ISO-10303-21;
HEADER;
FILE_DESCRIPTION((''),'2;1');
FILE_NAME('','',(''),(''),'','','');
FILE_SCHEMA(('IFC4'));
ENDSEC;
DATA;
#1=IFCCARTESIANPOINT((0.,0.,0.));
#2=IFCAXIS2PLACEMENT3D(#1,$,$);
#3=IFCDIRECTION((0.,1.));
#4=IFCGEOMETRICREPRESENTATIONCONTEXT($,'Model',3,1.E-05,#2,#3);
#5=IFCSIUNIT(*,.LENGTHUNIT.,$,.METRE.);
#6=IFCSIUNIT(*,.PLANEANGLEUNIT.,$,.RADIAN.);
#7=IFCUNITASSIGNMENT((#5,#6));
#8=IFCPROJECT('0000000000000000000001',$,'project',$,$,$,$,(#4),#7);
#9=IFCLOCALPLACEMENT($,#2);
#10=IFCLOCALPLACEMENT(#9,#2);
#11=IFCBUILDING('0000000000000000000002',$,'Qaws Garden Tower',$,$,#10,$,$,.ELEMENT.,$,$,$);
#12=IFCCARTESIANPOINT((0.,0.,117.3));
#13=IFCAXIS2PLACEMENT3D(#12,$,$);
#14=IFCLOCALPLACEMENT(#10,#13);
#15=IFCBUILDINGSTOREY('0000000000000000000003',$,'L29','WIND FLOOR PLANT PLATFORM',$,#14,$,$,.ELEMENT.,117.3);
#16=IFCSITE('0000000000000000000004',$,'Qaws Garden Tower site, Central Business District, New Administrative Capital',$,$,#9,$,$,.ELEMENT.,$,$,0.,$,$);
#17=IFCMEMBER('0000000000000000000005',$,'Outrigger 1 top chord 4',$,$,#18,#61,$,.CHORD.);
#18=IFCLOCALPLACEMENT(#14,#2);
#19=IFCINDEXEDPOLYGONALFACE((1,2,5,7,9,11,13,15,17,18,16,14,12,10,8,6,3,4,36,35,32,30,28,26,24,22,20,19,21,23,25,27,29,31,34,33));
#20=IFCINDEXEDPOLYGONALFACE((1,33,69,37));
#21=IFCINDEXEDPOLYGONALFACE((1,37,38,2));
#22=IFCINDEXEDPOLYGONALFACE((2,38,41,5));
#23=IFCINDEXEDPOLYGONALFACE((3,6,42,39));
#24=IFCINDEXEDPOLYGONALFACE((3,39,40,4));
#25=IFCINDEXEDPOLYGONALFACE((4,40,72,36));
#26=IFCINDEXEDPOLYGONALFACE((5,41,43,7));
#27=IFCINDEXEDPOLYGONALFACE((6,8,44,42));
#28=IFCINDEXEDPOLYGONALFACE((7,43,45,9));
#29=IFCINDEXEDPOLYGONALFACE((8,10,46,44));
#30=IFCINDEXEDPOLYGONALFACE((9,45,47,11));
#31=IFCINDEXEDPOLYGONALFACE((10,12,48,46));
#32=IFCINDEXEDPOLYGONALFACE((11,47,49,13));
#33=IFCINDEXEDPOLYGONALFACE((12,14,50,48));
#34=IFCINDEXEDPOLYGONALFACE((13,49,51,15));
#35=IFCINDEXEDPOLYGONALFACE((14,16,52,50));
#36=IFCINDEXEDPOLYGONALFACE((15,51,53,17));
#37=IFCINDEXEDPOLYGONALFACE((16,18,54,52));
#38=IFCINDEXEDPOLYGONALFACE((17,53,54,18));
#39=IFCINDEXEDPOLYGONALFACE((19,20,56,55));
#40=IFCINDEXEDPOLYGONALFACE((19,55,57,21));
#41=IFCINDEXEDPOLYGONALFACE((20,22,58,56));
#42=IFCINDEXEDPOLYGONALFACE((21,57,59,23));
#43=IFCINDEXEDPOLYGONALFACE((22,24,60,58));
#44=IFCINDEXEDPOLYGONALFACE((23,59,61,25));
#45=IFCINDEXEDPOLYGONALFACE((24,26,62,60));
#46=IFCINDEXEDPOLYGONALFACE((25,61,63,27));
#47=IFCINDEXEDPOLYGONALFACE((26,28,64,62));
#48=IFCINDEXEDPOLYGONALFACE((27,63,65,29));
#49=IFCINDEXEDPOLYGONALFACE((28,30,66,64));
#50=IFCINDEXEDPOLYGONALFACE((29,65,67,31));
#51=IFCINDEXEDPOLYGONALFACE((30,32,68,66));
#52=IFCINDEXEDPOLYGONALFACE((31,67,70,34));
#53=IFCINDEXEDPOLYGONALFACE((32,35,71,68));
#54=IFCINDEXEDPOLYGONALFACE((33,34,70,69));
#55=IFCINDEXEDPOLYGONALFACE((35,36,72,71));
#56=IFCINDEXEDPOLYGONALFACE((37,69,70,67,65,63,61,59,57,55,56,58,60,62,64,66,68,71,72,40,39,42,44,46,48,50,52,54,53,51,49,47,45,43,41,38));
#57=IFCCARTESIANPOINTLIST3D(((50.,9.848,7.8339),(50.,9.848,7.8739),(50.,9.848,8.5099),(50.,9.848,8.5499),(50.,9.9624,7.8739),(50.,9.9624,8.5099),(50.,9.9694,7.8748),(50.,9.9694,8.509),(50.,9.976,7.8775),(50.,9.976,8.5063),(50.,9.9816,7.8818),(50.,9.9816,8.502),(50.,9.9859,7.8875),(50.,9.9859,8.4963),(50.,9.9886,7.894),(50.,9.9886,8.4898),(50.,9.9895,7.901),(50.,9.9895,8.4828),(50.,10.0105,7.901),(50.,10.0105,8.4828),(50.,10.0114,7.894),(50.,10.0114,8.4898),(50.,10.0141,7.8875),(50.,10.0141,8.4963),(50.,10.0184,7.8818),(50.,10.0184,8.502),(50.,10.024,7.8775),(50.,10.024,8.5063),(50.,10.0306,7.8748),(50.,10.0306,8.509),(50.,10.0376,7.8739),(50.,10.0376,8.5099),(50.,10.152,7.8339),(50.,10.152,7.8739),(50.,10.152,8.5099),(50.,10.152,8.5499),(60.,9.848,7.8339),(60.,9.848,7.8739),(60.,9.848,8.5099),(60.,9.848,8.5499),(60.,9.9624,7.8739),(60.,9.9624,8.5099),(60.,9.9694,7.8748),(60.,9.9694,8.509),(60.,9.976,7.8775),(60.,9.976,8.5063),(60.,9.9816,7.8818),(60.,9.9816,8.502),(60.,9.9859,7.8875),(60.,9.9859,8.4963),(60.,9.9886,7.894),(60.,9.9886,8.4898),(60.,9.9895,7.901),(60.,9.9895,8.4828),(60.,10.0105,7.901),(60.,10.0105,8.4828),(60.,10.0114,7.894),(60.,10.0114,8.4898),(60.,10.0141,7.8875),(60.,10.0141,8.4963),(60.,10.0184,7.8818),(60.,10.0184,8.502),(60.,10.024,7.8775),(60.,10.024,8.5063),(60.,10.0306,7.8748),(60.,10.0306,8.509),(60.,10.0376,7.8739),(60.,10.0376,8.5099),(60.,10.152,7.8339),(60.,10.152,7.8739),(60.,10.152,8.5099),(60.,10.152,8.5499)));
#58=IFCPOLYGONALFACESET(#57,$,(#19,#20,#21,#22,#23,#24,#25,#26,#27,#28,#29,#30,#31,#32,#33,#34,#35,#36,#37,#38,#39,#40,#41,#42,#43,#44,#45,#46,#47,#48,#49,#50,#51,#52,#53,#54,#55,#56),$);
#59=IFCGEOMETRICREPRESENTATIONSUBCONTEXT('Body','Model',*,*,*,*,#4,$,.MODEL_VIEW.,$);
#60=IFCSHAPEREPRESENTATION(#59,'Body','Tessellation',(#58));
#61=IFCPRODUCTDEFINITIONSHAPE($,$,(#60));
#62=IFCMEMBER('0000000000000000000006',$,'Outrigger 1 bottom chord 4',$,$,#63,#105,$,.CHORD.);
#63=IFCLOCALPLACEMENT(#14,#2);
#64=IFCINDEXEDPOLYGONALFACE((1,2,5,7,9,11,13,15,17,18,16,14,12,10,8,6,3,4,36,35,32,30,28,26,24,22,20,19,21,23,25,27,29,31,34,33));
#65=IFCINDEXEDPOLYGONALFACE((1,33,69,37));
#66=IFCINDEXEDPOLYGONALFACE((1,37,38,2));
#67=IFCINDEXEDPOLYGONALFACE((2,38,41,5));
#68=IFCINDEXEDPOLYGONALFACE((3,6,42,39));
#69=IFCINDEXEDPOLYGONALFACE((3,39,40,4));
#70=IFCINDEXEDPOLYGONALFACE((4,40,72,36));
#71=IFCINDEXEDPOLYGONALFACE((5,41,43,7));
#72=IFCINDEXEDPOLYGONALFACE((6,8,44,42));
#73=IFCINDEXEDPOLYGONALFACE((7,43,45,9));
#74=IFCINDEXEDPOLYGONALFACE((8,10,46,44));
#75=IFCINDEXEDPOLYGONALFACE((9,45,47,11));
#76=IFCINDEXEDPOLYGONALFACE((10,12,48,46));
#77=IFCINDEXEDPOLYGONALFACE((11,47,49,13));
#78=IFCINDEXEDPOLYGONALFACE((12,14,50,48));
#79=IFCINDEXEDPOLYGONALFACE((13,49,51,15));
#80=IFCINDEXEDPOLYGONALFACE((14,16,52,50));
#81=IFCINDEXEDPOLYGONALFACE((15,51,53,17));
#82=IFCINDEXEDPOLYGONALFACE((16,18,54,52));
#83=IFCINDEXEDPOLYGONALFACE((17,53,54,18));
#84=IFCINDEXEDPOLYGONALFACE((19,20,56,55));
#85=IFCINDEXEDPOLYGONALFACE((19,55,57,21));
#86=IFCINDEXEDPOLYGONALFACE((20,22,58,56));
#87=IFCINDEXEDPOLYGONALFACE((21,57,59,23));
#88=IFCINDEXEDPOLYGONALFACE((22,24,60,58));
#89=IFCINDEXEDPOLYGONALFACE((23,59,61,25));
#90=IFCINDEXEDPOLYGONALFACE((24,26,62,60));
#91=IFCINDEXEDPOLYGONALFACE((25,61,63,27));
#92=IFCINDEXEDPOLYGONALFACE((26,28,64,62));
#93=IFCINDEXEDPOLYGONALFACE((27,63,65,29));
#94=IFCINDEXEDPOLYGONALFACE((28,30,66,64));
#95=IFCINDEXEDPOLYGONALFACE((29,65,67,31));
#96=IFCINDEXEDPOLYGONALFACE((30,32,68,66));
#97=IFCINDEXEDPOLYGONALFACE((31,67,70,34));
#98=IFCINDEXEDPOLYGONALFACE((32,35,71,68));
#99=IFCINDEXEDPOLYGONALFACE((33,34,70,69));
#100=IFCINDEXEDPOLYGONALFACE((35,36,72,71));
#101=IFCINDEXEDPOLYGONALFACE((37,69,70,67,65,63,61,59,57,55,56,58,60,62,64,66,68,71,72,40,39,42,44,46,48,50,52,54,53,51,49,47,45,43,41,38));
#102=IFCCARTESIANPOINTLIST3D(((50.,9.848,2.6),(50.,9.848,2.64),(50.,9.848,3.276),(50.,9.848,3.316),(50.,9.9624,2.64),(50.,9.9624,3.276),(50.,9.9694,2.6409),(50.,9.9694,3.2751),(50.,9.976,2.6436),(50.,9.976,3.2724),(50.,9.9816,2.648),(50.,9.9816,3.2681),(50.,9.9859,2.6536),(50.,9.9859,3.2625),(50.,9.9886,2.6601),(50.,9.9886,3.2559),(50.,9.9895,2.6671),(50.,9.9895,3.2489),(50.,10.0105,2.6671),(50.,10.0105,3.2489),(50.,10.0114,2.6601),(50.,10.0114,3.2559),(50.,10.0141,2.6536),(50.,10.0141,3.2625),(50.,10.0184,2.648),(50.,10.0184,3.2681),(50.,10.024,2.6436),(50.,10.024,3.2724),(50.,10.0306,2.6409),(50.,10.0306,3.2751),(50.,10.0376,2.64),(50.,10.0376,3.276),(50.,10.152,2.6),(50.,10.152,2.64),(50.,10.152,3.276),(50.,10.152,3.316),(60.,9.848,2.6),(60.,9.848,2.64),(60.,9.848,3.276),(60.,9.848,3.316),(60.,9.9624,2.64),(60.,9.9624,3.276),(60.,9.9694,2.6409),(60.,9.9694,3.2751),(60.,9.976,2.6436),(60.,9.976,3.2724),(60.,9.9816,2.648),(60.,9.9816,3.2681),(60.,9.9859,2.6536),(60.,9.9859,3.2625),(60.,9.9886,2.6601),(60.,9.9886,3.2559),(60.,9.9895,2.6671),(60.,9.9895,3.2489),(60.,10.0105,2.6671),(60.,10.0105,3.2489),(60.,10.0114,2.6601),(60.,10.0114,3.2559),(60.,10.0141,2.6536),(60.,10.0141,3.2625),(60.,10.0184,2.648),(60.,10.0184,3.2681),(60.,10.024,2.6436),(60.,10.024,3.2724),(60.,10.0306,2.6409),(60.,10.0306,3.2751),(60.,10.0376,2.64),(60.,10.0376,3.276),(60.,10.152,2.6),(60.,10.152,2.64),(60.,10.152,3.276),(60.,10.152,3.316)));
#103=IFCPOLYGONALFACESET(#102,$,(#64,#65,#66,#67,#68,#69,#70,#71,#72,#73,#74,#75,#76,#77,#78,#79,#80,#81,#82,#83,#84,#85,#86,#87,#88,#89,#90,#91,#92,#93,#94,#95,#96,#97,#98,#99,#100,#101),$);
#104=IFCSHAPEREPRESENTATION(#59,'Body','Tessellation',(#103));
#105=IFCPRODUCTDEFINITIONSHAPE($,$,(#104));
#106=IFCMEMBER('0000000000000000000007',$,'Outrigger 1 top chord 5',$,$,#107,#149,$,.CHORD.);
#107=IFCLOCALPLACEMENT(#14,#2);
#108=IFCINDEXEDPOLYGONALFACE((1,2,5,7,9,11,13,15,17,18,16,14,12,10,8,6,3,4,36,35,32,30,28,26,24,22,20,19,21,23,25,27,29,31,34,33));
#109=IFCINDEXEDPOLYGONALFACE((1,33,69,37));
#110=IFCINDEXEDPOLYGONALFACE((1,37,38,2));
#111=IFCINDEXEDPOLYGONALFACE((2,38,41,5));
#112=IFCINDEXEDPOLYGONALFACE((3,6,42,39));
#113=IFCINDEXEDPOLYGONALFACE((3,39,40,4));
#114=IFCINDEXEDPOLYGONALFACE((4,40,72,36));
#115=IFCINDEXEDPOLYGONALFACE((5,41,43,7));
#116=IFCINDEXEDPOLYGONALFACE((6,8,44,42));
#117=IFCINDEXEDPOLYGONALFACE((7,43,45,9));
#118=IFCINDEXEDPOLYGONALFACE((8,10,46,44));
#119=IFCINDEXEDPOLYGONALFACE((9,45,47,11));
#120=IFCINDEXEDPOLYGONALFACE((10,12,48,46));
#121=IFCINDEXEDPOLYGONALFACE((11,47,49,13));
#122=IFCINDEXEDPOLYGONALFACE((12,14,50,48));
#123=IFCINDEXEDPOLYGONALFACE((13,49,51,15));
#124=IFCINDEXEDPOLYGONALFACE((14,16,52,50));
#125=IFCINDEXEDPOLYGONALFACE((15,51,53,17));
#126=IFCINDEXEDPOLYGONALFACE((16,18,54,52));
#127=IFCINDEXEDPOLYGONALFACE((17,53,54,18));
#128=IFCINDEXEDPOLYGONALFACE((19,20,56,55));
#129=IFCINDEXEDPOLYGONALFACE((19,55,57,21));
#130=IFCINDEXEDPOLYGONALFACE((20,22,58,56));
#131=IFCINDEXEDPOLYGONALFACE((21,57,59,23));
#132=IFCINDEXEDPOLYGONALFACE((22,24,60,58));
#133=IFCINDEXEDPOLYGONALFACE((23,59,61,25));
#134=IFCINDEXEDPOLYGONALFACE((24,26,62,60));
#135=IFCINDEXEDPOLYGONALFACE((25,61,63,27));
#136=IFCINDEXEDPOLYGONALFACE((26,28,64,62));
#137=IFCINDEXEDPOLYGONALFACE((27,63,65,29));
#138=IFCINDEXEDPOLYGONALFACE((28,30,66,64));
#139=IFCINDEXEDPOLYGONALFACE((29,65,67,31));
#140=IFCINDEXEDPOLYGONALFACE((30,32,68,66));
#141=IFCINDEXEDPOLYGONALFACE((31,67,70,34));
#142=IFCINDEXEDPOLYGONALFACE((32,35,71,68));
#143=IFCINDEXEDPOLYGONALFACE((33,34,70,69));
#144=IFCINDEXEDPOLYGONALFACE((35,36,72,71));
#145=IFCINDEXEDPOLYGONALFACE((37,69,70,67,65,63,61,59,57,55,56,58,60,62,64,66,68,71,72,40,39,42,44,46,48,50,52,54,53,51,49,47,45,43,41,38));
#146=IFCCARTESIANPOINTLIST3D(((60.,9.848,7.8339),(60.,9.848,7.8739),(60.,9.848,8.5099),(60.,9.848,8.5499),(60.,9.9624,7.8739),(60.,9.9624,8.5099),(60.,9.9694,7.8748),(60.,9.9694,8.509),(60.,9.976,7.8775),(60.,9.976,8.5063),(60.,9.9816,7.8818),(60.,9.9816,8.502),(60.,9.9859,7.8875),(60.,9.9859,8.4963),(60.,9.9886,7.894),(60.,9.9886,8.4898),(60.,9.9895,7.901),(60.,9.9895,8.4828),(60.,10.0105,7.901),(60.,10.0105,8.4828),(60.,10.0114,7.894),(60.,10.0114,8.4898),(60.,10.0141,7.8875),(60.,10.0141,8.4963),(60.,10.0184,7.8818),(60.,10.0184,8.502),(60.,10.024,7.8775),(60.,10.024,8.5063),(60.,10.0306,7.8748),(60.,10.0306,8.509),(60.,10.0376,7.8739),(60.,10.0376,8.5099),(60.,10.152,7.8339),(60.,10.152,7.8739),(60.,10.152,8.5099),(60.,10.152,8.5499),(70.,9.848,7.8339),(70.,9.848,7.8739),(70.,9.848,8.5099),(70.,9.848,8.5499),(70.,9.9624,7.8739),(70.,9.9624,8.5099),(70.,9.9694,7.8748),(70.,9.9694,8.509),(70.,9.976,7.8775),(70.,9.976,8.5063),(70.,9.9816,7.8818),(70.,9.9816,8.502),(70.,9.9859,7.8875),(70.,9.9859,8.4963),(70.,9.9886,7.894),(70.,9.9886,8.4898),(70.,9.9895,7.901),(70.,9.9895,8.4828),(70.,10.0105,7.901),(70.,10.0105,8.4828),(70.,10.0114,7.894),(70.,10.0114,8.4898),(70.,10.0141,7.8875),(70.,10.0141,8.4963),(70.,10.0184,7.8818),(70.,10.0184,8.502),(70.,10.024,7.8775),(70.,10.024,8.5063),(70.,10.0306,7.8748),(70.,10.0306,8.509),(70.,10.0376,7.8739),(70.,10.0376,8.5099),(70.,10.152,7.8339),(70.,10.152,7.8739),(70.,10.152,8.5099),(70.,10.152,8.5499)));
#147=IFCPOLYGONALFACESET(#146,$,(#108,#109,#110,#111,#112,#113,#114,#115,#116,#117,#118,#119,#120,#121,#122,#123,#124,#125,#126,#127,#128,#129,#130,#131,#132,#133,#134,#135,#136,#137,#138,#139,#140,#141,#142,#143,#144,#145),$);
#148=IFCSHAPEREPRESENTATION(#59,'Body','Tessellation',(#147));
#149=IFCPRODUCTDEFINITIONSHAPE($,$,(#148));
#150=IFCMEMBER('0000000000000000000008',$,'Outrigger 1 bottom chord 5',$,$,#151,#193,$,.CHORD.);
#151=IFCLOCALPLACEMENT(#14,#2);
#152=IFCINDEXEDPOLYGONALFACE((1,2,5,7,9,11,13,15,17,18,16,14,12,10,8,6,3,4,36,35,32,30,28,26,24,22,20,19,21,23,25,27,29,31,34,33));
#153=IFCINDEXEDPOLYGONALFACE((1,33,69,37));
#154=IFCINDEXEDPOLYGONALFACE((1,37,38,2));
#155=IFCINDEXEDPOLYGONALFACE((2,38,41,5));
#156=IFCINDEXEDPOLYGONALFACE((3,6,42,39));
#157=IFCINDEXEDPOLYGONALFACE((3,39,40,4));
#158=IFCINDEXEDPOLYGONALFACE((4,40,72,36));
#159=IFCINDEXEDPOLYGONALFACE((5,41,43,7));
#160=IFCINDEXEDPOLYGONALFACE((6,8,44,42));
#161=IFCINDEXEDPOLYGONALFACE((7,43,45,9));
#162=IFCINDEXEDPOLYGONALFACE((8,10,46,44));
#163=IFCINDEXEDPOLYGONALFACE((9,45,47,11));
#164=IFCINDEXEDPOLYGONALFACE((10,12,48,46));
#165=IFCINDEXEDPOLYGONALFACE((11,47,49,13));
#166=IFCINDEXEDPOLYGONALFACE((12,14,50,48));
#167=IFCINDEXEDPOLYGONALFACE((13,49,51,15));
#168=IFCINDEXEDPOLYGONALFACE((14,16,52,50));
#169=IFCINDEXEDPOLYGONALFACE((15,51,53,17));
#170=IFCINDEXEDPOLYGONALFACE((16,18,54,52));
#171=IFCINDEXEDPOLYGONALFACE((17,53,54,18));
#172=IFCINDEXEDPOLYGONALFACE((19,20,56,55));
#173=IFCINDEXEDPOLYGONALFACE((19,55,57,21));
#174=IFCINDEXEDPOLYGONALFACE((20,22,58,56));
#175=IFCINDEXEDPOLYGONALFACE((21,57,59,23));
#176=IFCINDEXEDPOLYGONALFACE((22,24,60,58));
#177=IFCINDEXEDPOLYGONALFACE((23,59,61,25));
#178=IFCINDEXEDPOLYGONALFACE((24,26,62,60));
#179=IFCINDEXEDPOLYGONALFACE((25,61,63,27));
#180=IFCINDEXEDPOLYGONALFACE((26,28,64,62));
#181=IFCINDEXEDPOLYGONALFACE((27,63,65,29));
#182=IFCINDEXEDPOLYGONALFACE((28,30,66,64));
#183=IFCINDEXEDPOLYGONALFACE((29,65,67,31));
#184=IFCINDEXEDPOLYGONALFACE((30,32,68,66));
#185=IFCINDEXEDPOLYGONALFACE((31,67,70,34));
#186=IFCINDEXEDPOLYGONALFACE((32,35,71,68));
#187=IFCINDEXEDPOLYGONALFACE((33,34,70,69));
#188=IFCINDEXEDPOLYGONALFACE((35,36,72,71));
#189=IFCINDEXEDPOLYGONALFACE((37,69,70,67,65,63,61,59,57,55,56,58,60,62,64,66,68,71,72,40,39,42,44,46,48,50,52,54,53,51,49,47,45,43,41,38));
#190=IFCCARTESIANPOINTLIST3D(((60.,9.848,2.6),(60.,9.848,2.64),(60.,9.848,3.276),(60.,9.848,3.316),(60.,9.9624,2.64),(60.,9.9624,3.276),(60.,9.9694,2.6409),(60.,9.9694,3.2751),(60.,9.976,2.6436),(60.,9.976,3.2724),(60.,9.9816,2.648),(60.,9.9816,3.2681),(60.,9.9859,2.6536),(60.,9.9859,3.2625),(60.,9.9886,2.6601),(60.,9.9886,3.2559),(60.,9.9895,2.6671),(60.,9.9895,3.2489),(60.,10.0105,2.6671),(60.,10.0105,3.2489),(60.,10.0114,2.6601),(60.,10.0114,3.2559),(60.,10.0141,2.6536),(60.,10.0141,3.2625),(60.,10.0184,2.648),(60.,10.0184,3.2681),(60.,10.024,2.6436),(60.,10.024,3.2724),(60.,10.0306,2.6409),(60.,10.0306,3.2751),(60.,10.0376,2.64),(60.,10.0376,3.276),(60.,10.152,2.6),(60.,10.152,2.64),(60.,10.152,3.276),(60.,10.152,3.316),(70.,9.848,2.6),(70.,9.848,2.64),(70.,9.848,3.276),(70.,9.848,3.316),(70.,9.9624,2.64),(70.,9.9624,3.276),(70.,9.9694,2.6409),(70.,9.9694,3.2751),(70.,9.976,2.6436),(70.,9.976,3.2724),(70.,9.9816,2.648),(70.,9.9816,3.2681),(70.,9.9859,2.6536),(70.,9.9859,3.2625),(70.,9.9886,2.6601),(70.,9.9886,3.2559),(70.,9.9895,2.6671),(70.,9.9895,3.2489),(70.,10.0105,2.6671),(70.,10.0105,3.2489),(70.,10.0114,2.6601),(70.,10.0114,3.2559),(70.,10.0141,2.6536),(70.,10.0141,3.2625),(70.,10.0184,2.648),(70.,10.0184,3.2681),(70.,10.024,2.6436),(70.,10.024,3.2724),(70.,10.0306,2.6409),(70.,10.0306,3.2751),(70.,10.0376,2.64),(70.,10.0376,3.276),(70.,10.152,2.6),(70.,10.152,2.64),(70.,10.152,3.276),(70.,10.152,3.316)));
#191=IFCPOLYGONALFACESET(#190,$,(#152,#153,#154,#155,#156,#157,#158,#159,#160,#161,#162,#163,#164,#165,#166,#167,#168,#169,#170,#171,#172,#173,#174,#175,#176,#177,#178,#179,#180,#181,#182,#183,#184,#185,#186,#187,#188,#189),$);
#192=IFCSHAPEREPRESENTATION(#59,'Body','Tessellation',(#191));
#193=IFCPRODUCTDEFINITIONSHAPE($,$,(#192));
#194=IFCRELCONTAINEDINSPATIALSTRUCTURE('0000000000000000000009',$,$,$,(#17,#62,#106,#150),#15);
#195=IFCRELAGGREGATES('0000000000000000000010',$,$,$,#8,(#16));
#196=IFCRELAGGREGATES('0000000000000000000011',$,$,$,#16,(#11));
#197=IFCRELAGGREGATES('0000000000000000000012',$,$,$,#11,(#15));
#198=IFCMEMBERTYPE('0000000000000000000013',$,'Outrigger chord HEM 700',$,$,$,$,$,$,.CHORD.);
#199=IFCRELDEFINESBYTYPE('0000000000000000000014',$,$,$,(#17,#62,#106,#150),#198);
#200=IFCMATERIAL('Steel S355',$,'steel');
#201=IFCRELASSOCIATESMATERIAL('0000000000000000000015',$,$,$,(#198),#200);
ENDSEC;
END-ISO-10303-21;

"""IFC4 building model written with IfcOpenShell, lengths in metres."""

from ifc_helpers import new_model, si_unit, direction, frame, origin, origin_2d, place, context, subcontext, project, spatial, i_section, extrude, material, material_profile, profile_set, type_object, element, save


model = new_model("IFC4")

# Units and contexts
model_context = context("Model", 3, precision=1e-05, world=origin(), true_north=direction((0.0, 1.0)))
body_context = subcontext(model_context, "Body", "Model", "MODEL_VIEW")
ifc_project = project(units=[si_unit("LENGTHUNIT", "METRE"), si_unit("PLANEANGLEUNIT", "RADIAN")], contexts=[model_context])

# Site, building, storey
site_placement = place(None, origin())
site = spatial("IfcSite", under=ifc_project, at=site_placement, Name="Qaws Garden Tower site, Central Business District, New Administrative Capital", CompositionType="ELEMENT", RefElevation=0.0)
building_placement = place(site_placement, origin())
building = spatial("IfcBuilding", under=site, at=building_placement, Name="Qaws Garden Tower", CompositionType="ELEMENT")
storey_placement = place(building_placement, frame((0.0, 0.0, 117.3)))
storey = spatial("IfcBuildingStorey", under=building, at=storey_placement, Name="L29", Description="WIND FLOOR PLANT PLATFORM", CompositionType="ELEMENT", Elevation=117.3)

# Members
ifc_material_1 = material(Name="Steel S355", Category="steel")
ifc_material_profile_1 = material_profile(ifc_material_1, i_section(OverallWidth=0.304, OverallDepth=0.7161, WebThickness=0.021, FlangeThickness=0.04, FilletRadius=0.0271, at=origin_2d()), Name="HEM 700")
ifc_profile_set_1 = profile_set([ifc_material_profile_1], Name="Steel S355")
member_type_1 = type_object("IfcMemberType", Name="Outrigger chord HEM 700", PredefinedType="CHORD", material=ifc_profile_set_1)
for number, where, z_axis, x_axis, name in (
    (1, (50.0, 10.0, 8.1919), (1.0, 0.0, 0.0), (0.0, 1.0, 0.0), "Outrigger 1 top chord 4"),
    (2, (50.0, 10.0, 2.958), (1.0, 0.0, 0.0), (0.0, 1.0, 0.0), "Outrigger 1 bottom chord 4"),
    (3, (60.0, 10.0, 8.1919), (1.0, 0.0, 0.0), (0.0, 1.0, 0.0), "Outrigger 1 top chord 5"),
    (4, (60.0, 10.0, 2.958), (1.0, 0.0, 0.0), (0.0, 1.0, 0.0), "Outrigger 1 bottom chord 5"),
):
    element("IfcMember", number, at=place(storey_placement, frame(where, z_axis=z_axis, x_axis=x_axis)), inside=storey, type_object=member_type_1, Name=name, PredefinedType="CHORD", context=body_context, shape_type="SweptSolid", body=[
        extrude(i_section(OverallWidth=0.304, OverallDepth=0.7161, WebThickness=0.021, FlangeThickness=0.04, FilletRadius=0.0271, at=origin_2d()), origin(), (0.0, 0.0, 1.0), 10.0),
    ])

save(model, "model.ifc")
